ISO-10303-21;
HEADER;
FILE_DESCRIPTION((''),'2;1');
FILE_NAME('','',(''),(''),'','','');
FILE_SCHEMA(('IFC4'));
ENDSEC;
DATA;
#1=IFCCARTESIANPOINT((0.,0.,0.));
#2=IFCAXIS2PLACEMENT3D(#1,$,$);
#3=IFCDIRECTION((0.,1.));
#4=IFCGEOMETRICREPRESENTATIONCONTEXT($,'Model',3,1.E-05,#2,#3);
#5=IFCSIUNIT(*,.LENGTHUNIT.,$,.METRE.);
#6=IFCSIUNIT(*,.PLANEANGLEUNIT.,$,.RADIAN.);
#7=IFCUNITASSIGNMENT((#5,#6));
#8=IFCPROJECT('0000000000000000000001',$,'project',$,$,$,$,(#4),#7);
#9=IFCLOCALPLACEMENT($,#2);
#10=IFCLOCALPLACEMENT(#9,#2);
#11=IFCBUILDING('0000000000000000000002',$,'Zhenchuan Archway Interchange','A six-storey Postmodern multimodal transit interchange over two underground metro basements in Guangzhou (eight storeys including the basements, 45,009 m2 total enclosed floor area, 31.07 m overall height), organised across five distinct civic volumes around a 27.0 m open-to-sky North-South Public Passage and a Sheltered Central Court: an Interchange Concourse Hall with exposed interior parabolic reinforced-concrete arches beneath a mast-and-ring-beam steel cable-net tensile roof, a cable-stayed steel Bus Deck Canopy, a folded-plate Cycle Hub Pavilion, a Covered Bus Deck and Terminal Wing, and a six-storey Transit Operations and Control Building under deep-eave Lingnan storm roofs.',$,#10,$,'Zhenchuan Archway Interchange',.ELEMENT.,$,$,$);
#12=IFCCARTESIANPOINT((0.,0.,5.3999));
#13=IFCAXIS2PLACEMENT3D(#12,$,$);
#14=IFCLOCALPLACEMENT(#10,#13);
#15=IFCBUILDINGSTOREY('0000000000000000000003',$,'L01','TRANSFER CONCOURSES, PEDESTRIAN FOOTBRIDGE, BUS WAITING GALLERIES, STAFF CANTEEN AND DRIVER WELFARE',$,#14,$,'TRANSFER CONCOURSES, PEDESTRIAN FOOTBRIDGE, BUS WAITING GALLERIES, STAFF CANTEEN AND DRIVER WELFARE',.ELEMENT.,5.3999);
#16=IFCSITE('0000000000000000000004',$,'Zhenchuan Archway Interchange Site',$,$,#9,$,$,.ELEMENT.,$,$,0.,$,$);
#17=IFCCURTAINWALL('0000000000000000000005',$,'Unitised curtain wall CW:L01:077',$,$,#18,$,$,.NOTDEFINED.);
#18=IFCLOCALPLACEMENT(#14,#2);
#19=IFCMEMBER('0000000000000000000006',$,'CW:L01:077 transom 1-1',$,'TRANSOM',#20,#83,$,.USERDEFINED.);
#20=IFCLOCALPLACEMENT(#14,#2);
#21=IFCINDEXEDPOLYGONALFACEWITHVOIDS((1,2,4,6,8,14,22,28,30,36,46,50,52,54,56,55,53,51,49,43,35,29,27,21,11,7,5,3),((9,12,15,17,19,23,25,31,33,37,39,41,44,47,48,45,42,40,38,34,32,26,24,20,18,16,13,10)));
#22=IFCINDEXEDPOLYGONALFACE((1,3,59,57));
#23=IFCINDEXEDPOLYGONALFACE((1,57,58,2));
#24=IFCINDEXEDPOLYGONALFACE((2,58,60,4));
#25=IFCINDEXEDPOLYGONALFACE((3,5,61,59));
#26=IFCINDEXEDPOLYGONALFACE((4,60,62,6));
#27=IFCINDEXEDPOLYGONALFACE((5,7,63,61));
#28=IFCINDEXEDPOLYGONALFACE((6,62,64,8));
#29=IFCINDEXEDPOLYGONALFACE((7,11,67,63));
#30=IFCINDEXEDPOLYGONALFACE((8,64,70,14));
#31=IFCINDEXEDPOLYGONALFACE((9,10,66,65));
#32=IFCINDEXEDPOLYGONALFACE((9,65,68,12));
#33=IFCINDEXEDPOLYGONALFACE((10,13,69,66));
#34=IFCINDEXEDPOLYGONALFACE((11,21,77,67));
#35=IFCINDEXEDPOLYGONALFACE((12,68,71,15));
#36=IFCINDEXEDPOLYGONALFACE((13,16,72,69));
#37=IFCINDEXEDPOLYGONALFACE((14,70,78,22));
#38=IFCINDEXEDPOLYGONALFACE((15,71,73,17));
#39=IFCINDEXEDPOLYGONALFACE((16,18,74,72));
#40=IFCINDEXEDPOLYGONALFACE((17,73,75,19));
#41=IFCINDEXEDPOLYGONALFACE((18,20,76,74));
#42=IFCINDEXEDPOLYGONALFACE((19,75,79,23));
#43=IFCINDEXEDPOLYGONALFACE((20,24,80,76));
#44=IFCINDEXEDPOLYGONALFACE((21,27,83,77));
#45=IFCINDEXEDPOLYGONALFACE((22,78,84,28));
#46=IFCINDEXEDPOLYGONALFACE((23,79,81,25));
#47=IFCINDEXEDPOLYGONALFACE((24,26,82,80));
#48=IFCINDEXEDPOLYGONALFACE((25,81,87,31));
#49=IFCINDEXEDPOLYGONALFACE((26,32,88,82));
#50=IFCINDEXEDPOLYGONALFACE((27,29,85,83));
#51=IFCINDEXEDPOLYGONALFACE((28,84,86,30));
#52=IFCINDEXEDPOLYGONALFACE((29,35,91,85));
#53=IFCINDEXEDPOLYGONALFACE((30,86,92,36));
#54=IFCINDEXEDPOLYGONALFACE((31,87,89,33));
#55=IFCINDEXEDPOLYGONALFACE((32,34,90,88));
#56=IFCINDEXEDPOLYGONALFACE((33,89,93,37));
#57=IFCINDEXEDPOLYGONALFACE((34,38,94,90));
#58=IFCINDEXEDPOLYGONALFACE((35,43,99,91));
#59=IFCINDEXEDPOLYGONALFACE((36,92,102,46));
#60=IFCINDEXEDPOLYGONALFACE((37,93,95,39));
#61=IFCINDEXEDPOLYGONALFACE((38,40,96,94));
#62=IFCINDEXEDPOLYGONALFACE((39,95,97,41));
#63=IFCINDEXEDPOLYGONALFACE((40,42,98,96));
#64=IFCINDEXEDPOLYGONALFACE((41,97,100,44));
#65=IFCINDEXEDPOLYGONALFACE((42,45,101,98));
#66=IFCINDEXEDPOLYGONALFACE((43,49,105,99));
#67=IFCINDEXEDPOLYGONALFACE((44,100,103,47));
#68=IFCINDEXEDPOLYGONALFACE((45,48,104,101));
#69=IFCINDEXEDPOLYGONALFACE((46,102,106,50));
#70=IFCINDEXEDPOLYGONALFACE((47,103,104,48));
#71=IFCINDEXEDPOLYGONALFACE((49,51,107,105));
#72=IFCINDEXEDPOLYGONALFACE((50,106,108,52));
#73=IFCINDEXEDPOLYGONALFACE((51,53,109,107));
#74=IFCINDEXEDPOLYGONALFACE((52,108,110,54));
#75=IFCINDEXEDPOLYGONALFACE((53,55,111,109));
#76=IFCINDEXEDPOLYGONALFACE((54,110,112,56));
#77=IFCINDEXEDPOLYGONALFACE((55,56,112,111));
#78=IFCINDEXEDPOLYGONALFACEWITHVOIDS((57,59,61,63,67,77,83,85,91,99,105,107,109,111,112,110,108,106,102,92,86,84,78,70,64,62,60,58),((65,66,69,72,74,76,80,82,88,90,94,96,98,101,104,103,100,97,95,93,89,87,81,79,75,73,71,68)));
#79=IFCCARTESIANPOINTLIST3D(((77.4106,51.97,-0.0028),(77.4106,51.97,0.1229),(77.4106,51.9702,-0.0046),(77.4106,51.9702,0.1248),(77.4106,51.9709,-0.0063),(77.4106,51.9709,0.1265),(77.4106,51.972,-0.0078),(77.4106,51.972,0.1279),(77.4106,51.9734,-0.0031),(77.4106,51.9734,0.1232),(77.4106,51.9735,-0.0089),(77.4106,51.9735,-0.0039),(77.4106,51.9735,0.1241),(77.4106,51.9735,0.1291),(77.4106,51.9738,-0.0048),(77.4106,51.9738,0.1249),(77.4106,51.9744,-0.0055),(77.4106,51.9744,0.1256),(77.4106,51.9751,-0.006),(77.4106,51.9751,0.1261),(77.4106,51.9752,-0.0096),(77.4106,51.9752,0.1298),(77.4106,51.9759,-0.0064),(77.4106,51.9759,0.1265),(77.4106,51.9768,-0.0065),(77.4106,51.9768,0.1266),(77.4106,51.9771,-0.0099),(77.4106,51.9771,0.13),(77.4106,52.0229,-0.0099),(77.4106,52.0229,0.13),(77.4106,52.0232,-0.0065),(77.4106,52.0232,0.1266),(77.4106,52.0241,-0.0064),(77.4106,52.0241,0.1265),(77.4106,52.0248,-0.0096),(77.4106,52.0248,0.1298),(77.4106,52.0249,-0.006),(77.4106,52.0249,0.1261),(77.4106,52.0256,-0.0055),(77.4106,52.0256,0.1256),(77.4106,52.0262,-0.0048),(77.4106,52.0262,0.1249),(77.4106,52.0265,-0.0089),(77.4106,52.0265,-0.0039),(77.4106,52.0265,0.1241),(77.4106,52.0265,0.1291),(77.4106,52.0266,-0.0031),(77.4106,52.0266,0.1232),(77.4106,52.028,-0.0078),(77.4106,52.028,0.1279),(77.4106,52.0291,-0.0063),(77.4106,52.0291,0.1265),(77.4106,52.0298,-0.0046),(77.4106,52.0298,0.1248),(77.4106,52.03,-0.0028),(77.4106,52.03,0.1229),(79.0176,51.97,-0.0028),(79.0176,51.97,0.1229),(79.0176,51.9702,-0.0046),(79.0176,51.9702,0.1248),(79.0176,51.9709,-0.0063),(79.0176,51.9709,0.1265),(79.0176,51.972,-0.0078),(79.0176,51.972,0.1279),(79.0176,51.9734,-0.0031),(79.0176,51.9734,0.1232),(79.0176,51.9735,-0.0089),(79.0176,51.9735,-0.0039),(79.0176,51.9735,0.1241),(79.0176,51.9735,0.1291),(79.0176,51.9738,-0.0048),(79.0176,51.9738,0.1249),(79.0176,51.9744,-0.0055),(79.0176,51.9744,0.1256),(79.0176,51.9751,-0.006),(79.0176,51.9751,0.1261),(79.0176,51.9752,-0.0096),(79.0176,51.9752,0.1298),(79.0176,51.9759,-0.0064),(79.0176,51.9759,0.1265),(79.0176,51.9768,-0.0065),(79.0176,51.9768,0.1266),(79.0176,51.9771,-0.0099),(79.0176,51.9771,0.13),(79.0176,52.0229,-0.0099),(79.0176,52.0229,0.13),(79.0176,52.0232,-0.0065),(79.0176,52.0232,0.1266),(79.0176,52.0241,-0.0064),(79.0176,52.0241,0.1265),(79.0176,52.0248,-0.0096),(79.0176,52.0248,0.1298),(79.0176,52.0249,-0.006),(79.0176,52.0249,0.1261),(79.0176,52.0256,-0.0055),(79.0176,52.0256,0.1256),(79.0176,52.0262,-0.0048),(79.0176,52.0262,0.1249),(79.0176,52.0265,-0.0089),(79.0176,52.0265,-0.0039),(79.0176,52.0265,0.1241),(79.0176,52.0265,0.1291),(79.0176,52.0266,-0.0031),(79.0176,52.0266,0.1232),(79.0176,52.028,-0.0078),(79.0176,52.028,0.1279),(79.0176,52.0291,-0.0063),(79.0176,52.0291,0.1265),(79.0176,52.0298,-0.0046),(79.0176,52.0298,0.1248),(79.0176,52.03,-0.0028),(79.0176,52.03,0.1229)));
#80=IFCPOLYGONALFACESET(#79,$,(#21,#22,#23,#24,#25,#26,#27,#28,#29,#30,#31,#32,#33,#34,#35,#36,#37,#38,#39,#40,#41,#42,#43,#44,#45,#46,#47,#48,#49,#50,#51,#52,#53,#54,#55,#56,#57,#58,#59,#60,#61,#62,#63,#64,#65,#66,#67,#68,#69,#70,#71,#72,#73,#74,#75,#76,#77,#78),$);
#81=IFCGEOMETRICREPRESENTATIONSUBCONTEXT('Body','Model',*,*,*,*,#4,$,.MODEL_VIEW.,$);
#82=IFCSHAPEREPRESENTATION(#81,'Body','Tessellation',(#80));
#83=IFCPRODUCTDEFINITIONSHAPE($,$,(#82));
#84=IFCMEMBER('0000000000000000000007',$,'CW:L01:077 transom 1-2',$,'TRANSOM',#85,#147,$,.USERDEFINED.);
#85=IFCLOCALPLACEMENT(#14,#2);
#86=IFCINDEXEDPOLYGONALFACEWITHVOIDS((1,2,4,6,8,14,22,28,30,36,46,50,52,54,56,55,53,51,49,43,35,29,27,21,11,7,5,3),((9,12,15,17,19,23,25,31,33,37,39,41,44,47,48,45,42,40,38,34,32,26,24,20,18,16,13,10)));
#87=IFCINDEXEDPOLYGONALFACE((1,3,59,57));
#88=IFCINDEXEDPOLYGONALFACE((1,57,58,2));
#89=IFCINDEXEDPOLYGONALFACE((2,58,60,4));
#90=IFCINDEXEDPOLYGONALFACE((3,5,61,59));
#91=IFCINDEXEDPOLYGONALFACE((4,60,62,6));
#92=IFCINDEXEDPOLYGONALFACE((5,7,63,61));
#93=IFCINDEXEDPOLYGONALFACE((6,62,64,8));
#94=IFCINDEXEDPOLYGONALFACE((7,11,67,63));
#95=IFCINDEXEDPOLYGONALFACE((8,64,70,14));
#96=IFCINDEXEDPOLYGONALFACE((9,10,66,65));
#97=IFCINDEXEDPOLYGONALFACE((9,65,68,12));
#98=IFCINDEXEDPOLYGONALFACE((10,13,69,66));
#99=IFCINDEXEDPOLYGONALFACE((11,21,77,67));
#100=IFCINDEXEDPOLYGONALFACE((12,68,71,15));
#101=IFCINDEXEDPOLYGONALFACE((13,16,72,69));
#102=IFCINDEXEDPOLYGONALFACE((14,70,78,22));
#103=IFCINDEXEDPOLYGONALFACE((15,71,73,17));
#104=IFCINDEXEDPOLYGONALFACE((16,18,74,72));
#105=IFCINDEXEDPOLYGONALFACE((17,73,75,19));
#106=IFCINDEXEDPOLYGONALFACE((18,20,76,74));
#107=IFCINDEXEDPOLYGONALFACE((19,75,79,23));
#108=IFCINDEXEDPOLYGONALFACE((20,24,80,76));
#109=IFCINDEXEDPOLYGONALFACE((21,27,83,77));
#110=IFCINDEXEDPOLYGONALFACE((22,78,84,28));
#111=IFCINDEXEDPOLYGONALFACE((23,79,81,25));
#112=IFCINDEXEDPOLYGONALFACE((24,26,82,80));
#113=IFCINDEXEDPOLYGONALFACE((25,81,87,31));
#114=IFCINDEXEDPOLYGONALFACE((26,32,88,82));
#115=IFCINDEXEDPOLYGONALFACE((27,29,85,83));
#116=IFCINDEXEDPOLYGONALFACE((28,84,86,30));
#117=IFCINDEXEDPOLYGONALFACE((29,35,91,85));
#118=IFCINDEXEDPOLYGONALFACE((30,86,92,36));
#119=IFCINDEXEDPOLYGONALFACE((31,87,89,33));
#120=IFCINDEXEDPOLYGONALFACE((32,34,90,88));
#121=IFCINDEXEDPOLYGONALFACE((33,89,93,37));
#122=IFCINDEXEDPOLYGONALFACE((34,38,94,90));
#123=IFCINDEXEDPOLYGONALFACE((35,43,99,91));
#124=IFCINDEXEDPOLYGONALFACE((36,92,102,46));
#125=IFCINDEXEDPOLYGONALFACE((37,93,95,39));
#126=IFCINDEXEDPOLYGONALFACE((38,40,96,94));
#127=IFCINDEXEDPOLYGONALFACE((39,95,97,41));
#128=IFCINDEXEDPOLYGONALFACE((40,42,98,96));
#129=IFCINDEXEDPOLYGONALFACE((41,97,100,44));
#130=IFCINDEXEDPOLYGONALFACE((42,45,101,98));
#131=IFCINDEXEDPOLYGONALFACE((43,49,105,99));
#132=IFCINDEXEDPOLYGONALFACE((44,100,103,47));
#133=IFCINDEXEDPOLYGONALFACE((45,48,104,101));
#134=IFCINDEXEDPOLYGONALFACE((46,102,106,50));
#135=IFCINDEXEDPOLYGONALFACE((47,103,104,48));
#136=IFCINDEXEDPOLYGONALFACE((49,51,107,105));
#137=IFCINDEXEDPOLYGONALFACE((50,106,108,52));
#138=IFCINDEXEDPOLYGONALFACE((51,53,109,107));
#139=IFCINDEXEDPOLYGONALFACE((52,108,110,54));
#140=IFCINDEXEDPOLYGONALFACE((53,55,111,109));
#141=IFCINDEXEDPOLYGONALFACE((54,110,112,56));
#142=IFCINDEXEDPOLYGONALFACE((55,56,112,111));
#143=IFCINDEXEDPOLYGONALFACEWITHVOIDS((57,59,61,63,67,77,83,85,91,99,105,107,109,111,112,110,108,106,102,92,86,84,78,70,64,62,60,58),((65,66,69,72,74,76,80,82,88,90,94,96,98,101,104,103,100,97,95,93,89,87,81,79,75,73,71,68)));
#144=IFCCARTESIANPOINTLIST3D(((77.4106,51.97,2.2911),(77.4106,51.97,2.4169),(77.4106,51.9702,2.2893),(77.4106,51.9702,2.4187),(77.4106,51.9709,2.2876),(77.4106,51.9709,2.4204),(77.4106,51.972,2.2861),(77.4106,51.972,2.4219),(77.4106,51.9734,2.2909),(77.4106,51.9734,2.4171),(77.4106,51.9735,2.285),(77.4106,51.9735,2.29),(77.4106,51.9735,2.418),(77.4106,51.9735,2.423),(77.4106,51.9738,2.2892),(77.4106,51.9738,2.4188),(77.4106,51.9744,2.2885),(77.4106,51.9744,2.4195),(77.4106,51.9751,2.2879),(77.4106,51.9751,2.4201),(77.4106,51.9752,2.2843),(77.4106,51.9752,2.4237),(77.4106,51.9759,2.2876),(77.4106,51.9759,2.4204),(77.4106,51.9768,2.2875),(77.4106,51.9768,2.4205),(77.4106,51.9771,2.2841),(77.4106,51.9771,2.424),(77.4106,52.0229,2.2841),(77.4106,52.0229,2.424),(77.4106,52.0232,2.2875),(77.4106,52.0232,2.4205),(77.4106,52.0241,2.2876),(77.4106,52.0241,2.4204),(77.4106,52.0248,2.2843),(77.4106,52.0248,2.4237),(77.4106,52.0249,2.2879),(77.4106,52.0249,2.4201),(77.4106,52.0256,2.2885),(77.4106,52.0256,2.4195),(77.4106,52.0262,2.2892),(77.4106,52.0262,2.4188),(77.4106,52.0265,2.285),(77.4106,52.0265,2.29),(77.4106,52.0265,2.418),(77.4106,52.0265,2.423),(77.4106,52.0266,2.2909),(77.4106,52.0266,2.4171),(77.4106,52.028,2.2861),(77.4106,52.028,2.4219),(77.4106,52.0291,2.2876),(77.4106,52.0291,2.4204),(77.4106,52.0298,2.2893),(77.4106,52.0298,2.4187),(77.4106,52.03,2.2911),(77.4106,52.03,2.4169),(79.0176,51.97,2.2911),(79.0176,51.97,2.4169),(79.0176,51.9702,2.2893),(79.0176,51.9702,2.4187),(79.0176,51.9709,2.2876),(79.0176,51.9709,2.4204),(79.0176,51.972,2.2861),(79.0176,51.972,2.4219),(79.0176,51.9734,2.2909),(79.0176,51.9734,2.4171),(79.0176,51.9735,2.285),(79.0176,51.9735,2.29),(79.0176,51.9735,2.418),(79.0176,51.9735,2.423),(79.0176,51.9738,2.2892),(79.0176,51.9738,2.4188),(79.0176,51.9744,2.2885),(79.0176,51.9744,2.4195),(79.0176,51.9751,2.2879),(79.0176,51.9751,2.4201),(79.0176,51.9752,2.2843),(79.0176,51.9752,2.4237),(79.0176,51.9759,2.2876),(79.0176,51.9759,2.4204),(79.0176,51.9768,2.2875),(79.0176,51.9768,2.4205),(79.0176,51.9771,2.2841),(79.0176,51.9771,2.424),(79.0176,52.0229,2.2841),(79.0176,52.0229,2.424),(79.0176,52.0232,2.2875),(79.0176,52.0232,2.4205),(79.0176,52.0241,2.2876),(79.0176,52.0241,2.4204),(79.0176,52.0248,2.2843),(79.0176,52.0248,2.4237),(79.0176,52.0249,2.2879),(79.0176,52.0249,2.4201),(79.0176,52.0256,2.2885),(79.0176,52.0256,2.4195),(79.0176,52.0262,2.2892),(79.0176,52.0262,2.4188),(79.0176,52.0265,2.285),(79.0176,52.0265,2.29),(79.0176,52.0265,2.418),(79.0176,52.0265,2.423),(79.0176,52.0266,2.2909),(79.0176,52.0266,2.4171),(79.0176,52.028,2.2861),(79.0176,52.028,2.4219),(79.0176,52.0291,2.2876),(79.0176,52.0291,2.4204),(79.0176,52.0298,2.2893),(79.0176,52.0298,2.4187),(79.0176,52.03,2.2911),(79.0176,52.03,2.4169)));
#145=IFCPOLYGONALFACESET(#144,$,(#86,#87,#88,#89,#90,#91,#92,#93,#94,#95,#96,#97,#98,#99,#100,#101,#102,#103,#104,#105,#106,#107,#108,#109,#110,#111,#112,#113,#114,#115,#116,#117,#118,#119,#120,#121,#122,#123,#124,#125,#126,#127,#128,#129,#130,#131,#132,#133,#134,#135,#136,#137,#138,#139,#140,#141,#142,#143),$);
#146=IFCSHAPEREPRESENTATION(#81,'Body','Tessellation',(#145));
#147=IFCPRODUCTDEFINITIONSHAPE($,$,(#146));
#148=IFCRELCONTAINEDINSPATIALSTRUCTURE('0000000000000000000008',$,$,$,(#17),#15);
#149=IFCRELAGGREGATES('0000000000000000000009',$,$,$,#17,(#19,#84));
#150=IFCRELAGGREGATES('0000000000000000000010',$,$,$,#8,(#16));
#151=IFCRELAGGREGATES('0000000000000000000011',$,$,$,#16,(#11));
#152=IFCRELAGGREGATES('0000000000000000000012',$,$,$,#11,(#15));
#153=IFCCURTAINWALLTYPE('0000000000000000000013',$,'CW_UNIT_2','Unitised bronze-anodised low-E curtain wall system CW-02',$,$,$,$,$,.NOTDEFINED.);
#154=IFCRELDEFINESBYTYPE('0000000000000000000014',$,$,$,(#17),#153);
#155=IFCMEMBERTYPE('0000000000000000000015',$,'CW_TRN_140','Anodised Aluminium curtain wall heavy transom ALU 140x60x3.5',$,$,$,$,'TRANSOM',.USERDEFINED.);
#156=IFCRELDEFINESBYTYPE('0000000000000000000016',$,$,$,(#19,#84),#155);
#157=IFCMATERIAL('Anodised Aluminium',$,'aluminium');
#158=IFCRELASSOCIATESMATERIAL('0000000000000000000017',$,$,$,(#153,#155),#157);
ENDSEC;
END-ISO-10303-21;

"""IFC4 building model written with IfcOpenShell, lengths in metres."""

from ifc_helpers import new_model, si_unit, direction, frame, origin, origin_2d, place, context, subcontext, project, spatial, hollow_rectangle, extrude, material, material_profile, profile_set, type_object, element, aggregate, save


model = new_model("IFC4")

# Units and contexts
model_context = context("Model", 3, precision=1e-05, world=origin(), true_north=direction((0.0, 1.0)))
body_context = subcontext(model_context, "Body", "Model", "MODEL_VIEW")
ifc_project = project(units=[si_unit("LENGTHUNIT", "METRE"), si_unit("PLANEANGLEUNIT", "RADIAN")], contexts=[model_context])

# Site, building, storey
site_placement = place(None, origin())
site = spatial("IfcSite", under=ifc_project, at=site_placement, Name="Zhenchuan Archway Interchange Site", CompositionType="ELEMENT", RefElevation=0.0)
building_placement = place(site_placement, origin())
building = spatial("IfcBuilding", under=site, at=building_placement, Name="Zhenchuan Archway Interchange", Description="A six-storey Postmodern multimodal transit interchange over two underground metro basements in Guangzhou (eight storeys including the basements, 45,009 m2 total enclosed floor area, 31.07 m overall height), organised across five distinct civic volumes around a 27.0 m open-to-sky North-South Public Passage and a Sheltered Central Court: an Interchange Concourse Hall with exposed interior parabolic reinforced-concrete arches beneath a mast-and-ring-beam steel cable-net tensile roof, a cable-stayed steel Bus Deck Canopy, a folded-plate Cycle Hub Pavilion, a Covered Bus Deck and Terminal Wing, and a six-storey Transit Operations and Control Building under deep-eave Lingnan storm roofs.", LongName="Zhenchuan Archway Interchange", CompositionType="ELEMENT")
storey_placement = place(building_placement, frame((0.0, 0.0, 5.3999)))
storey = spatial("IfcBuildingStorey", under=building, at=storey_placement, Name="L01", Description="TRANSFER CONCOURSES, PEDESTRIAN FOOTBRIDGE, BUS WAITING GALLERIES, STAFF CANTEEN AND DRIVER WELFARE", LongName="TRANSFER CONCOURSES, PEDESTRIAN FOOTBRIDGE, BUS WAITING GALLERIES, STAFF CANTEEN AND DRIVER WELFARE", CompositionType="ELEMENT", Elevation=5.3999)

# Shared definitions
ifc_material_1 = material(Name="Anodised Aluminium", Category="aluminium")

# Curtain wall, members
curtain_wall_type_1 = type_object("IfcCurtainWallType", Name="CW_UNIT_2", Description="Unitised bronze-anodised low-E curtain wall system CW-02", PredefinedType="NOTDEFINED", material=ifc_material_1)
curtain_wall_1_placement = place(storey_placement, origin())
curtain_wall_1 = element("IfcCurtainWall", 1, at=curtain_wall_1_placement, inside=storey, type_object=curtain_wall_type_1, Name="Unitised curtain wall CW:L01:077", PredefinedType="NOTDEFINED")
ifc_material_profile_1 = material_profile(ifc_material_1, hollow_rectangle(XDim=0.0601, YDim=0.1399, WallThickness=0.0034, InnerFilletRadius=0.0034, OuterFilletRadius=0.0071, at=origin_2d()), Name="ALU 140x60x3.5")
ifc_profile_set_1 = profile_set([ifc_material_profile_1], Name="Anodised Aluminium")
member_type_1 = type_object("IfcMemberType", Name="CW_TRN_140", Description="Anodised Aluminium curtain wall heavy transom ALU 140x60x3.5", ElementType="TRANSOM", PredefinedType="USERDEFINED", material=ifc_profile_set_1)
member_1_placement = place(storey_placement, frame((79.0176, 52.0, 0.0601), z_axis=(-1.0, 0.0, 0.0), x_axis=(0.0, -1.0, 0.0)))
member_1 = element("IfcMember", 2, at=member_1_placement, type_object=member_type_1, Name="CW:L01:077 transom 1-1", ObjectType="TRANSOM", PredefinedType="USERDEFINED", context=body_context, shape_type="SweptSolid", body=[
    extrude(hollow_rectangle(XDim=0.0601, YDim=0.1399, WallThickness=0.0034, InnerFilletRadius=0.0034, OuterFilletRadius=0.0071, at=origin_2d()), origin(), (0.0, 0.0, 1.0), 1.6069),
])
member_2_placement = place(storey_placement, frame((79.0176, 52.0, 2.354), z_axis=(-1.0, 0.0, 0.0), x_axis=(0.0, -1.0, 0.0)))
member_2 = element("IfcMember", 3, at=member_2_placement, type_object=member_type_1, Name="CW:L01:077 transom 1-2", ObjectType="TRANSOM", PredefinedType="USERDEFINED", context=body_context, shape_type="SweptSolid", body=[
    extrude(hollow_rectangle(XDim=0.0601, YDim=0.1399, WallThickness=0.0034, InnerFilletRadius=0.0034, OuterFilletRadius=0.0071, at=origin_2d()), origin(), (0.0, 0.0, 1.0), 1.6069),
])
aggregate(curtain_wall_1, [member_1, member_2])

save(model, "model.ifc")
